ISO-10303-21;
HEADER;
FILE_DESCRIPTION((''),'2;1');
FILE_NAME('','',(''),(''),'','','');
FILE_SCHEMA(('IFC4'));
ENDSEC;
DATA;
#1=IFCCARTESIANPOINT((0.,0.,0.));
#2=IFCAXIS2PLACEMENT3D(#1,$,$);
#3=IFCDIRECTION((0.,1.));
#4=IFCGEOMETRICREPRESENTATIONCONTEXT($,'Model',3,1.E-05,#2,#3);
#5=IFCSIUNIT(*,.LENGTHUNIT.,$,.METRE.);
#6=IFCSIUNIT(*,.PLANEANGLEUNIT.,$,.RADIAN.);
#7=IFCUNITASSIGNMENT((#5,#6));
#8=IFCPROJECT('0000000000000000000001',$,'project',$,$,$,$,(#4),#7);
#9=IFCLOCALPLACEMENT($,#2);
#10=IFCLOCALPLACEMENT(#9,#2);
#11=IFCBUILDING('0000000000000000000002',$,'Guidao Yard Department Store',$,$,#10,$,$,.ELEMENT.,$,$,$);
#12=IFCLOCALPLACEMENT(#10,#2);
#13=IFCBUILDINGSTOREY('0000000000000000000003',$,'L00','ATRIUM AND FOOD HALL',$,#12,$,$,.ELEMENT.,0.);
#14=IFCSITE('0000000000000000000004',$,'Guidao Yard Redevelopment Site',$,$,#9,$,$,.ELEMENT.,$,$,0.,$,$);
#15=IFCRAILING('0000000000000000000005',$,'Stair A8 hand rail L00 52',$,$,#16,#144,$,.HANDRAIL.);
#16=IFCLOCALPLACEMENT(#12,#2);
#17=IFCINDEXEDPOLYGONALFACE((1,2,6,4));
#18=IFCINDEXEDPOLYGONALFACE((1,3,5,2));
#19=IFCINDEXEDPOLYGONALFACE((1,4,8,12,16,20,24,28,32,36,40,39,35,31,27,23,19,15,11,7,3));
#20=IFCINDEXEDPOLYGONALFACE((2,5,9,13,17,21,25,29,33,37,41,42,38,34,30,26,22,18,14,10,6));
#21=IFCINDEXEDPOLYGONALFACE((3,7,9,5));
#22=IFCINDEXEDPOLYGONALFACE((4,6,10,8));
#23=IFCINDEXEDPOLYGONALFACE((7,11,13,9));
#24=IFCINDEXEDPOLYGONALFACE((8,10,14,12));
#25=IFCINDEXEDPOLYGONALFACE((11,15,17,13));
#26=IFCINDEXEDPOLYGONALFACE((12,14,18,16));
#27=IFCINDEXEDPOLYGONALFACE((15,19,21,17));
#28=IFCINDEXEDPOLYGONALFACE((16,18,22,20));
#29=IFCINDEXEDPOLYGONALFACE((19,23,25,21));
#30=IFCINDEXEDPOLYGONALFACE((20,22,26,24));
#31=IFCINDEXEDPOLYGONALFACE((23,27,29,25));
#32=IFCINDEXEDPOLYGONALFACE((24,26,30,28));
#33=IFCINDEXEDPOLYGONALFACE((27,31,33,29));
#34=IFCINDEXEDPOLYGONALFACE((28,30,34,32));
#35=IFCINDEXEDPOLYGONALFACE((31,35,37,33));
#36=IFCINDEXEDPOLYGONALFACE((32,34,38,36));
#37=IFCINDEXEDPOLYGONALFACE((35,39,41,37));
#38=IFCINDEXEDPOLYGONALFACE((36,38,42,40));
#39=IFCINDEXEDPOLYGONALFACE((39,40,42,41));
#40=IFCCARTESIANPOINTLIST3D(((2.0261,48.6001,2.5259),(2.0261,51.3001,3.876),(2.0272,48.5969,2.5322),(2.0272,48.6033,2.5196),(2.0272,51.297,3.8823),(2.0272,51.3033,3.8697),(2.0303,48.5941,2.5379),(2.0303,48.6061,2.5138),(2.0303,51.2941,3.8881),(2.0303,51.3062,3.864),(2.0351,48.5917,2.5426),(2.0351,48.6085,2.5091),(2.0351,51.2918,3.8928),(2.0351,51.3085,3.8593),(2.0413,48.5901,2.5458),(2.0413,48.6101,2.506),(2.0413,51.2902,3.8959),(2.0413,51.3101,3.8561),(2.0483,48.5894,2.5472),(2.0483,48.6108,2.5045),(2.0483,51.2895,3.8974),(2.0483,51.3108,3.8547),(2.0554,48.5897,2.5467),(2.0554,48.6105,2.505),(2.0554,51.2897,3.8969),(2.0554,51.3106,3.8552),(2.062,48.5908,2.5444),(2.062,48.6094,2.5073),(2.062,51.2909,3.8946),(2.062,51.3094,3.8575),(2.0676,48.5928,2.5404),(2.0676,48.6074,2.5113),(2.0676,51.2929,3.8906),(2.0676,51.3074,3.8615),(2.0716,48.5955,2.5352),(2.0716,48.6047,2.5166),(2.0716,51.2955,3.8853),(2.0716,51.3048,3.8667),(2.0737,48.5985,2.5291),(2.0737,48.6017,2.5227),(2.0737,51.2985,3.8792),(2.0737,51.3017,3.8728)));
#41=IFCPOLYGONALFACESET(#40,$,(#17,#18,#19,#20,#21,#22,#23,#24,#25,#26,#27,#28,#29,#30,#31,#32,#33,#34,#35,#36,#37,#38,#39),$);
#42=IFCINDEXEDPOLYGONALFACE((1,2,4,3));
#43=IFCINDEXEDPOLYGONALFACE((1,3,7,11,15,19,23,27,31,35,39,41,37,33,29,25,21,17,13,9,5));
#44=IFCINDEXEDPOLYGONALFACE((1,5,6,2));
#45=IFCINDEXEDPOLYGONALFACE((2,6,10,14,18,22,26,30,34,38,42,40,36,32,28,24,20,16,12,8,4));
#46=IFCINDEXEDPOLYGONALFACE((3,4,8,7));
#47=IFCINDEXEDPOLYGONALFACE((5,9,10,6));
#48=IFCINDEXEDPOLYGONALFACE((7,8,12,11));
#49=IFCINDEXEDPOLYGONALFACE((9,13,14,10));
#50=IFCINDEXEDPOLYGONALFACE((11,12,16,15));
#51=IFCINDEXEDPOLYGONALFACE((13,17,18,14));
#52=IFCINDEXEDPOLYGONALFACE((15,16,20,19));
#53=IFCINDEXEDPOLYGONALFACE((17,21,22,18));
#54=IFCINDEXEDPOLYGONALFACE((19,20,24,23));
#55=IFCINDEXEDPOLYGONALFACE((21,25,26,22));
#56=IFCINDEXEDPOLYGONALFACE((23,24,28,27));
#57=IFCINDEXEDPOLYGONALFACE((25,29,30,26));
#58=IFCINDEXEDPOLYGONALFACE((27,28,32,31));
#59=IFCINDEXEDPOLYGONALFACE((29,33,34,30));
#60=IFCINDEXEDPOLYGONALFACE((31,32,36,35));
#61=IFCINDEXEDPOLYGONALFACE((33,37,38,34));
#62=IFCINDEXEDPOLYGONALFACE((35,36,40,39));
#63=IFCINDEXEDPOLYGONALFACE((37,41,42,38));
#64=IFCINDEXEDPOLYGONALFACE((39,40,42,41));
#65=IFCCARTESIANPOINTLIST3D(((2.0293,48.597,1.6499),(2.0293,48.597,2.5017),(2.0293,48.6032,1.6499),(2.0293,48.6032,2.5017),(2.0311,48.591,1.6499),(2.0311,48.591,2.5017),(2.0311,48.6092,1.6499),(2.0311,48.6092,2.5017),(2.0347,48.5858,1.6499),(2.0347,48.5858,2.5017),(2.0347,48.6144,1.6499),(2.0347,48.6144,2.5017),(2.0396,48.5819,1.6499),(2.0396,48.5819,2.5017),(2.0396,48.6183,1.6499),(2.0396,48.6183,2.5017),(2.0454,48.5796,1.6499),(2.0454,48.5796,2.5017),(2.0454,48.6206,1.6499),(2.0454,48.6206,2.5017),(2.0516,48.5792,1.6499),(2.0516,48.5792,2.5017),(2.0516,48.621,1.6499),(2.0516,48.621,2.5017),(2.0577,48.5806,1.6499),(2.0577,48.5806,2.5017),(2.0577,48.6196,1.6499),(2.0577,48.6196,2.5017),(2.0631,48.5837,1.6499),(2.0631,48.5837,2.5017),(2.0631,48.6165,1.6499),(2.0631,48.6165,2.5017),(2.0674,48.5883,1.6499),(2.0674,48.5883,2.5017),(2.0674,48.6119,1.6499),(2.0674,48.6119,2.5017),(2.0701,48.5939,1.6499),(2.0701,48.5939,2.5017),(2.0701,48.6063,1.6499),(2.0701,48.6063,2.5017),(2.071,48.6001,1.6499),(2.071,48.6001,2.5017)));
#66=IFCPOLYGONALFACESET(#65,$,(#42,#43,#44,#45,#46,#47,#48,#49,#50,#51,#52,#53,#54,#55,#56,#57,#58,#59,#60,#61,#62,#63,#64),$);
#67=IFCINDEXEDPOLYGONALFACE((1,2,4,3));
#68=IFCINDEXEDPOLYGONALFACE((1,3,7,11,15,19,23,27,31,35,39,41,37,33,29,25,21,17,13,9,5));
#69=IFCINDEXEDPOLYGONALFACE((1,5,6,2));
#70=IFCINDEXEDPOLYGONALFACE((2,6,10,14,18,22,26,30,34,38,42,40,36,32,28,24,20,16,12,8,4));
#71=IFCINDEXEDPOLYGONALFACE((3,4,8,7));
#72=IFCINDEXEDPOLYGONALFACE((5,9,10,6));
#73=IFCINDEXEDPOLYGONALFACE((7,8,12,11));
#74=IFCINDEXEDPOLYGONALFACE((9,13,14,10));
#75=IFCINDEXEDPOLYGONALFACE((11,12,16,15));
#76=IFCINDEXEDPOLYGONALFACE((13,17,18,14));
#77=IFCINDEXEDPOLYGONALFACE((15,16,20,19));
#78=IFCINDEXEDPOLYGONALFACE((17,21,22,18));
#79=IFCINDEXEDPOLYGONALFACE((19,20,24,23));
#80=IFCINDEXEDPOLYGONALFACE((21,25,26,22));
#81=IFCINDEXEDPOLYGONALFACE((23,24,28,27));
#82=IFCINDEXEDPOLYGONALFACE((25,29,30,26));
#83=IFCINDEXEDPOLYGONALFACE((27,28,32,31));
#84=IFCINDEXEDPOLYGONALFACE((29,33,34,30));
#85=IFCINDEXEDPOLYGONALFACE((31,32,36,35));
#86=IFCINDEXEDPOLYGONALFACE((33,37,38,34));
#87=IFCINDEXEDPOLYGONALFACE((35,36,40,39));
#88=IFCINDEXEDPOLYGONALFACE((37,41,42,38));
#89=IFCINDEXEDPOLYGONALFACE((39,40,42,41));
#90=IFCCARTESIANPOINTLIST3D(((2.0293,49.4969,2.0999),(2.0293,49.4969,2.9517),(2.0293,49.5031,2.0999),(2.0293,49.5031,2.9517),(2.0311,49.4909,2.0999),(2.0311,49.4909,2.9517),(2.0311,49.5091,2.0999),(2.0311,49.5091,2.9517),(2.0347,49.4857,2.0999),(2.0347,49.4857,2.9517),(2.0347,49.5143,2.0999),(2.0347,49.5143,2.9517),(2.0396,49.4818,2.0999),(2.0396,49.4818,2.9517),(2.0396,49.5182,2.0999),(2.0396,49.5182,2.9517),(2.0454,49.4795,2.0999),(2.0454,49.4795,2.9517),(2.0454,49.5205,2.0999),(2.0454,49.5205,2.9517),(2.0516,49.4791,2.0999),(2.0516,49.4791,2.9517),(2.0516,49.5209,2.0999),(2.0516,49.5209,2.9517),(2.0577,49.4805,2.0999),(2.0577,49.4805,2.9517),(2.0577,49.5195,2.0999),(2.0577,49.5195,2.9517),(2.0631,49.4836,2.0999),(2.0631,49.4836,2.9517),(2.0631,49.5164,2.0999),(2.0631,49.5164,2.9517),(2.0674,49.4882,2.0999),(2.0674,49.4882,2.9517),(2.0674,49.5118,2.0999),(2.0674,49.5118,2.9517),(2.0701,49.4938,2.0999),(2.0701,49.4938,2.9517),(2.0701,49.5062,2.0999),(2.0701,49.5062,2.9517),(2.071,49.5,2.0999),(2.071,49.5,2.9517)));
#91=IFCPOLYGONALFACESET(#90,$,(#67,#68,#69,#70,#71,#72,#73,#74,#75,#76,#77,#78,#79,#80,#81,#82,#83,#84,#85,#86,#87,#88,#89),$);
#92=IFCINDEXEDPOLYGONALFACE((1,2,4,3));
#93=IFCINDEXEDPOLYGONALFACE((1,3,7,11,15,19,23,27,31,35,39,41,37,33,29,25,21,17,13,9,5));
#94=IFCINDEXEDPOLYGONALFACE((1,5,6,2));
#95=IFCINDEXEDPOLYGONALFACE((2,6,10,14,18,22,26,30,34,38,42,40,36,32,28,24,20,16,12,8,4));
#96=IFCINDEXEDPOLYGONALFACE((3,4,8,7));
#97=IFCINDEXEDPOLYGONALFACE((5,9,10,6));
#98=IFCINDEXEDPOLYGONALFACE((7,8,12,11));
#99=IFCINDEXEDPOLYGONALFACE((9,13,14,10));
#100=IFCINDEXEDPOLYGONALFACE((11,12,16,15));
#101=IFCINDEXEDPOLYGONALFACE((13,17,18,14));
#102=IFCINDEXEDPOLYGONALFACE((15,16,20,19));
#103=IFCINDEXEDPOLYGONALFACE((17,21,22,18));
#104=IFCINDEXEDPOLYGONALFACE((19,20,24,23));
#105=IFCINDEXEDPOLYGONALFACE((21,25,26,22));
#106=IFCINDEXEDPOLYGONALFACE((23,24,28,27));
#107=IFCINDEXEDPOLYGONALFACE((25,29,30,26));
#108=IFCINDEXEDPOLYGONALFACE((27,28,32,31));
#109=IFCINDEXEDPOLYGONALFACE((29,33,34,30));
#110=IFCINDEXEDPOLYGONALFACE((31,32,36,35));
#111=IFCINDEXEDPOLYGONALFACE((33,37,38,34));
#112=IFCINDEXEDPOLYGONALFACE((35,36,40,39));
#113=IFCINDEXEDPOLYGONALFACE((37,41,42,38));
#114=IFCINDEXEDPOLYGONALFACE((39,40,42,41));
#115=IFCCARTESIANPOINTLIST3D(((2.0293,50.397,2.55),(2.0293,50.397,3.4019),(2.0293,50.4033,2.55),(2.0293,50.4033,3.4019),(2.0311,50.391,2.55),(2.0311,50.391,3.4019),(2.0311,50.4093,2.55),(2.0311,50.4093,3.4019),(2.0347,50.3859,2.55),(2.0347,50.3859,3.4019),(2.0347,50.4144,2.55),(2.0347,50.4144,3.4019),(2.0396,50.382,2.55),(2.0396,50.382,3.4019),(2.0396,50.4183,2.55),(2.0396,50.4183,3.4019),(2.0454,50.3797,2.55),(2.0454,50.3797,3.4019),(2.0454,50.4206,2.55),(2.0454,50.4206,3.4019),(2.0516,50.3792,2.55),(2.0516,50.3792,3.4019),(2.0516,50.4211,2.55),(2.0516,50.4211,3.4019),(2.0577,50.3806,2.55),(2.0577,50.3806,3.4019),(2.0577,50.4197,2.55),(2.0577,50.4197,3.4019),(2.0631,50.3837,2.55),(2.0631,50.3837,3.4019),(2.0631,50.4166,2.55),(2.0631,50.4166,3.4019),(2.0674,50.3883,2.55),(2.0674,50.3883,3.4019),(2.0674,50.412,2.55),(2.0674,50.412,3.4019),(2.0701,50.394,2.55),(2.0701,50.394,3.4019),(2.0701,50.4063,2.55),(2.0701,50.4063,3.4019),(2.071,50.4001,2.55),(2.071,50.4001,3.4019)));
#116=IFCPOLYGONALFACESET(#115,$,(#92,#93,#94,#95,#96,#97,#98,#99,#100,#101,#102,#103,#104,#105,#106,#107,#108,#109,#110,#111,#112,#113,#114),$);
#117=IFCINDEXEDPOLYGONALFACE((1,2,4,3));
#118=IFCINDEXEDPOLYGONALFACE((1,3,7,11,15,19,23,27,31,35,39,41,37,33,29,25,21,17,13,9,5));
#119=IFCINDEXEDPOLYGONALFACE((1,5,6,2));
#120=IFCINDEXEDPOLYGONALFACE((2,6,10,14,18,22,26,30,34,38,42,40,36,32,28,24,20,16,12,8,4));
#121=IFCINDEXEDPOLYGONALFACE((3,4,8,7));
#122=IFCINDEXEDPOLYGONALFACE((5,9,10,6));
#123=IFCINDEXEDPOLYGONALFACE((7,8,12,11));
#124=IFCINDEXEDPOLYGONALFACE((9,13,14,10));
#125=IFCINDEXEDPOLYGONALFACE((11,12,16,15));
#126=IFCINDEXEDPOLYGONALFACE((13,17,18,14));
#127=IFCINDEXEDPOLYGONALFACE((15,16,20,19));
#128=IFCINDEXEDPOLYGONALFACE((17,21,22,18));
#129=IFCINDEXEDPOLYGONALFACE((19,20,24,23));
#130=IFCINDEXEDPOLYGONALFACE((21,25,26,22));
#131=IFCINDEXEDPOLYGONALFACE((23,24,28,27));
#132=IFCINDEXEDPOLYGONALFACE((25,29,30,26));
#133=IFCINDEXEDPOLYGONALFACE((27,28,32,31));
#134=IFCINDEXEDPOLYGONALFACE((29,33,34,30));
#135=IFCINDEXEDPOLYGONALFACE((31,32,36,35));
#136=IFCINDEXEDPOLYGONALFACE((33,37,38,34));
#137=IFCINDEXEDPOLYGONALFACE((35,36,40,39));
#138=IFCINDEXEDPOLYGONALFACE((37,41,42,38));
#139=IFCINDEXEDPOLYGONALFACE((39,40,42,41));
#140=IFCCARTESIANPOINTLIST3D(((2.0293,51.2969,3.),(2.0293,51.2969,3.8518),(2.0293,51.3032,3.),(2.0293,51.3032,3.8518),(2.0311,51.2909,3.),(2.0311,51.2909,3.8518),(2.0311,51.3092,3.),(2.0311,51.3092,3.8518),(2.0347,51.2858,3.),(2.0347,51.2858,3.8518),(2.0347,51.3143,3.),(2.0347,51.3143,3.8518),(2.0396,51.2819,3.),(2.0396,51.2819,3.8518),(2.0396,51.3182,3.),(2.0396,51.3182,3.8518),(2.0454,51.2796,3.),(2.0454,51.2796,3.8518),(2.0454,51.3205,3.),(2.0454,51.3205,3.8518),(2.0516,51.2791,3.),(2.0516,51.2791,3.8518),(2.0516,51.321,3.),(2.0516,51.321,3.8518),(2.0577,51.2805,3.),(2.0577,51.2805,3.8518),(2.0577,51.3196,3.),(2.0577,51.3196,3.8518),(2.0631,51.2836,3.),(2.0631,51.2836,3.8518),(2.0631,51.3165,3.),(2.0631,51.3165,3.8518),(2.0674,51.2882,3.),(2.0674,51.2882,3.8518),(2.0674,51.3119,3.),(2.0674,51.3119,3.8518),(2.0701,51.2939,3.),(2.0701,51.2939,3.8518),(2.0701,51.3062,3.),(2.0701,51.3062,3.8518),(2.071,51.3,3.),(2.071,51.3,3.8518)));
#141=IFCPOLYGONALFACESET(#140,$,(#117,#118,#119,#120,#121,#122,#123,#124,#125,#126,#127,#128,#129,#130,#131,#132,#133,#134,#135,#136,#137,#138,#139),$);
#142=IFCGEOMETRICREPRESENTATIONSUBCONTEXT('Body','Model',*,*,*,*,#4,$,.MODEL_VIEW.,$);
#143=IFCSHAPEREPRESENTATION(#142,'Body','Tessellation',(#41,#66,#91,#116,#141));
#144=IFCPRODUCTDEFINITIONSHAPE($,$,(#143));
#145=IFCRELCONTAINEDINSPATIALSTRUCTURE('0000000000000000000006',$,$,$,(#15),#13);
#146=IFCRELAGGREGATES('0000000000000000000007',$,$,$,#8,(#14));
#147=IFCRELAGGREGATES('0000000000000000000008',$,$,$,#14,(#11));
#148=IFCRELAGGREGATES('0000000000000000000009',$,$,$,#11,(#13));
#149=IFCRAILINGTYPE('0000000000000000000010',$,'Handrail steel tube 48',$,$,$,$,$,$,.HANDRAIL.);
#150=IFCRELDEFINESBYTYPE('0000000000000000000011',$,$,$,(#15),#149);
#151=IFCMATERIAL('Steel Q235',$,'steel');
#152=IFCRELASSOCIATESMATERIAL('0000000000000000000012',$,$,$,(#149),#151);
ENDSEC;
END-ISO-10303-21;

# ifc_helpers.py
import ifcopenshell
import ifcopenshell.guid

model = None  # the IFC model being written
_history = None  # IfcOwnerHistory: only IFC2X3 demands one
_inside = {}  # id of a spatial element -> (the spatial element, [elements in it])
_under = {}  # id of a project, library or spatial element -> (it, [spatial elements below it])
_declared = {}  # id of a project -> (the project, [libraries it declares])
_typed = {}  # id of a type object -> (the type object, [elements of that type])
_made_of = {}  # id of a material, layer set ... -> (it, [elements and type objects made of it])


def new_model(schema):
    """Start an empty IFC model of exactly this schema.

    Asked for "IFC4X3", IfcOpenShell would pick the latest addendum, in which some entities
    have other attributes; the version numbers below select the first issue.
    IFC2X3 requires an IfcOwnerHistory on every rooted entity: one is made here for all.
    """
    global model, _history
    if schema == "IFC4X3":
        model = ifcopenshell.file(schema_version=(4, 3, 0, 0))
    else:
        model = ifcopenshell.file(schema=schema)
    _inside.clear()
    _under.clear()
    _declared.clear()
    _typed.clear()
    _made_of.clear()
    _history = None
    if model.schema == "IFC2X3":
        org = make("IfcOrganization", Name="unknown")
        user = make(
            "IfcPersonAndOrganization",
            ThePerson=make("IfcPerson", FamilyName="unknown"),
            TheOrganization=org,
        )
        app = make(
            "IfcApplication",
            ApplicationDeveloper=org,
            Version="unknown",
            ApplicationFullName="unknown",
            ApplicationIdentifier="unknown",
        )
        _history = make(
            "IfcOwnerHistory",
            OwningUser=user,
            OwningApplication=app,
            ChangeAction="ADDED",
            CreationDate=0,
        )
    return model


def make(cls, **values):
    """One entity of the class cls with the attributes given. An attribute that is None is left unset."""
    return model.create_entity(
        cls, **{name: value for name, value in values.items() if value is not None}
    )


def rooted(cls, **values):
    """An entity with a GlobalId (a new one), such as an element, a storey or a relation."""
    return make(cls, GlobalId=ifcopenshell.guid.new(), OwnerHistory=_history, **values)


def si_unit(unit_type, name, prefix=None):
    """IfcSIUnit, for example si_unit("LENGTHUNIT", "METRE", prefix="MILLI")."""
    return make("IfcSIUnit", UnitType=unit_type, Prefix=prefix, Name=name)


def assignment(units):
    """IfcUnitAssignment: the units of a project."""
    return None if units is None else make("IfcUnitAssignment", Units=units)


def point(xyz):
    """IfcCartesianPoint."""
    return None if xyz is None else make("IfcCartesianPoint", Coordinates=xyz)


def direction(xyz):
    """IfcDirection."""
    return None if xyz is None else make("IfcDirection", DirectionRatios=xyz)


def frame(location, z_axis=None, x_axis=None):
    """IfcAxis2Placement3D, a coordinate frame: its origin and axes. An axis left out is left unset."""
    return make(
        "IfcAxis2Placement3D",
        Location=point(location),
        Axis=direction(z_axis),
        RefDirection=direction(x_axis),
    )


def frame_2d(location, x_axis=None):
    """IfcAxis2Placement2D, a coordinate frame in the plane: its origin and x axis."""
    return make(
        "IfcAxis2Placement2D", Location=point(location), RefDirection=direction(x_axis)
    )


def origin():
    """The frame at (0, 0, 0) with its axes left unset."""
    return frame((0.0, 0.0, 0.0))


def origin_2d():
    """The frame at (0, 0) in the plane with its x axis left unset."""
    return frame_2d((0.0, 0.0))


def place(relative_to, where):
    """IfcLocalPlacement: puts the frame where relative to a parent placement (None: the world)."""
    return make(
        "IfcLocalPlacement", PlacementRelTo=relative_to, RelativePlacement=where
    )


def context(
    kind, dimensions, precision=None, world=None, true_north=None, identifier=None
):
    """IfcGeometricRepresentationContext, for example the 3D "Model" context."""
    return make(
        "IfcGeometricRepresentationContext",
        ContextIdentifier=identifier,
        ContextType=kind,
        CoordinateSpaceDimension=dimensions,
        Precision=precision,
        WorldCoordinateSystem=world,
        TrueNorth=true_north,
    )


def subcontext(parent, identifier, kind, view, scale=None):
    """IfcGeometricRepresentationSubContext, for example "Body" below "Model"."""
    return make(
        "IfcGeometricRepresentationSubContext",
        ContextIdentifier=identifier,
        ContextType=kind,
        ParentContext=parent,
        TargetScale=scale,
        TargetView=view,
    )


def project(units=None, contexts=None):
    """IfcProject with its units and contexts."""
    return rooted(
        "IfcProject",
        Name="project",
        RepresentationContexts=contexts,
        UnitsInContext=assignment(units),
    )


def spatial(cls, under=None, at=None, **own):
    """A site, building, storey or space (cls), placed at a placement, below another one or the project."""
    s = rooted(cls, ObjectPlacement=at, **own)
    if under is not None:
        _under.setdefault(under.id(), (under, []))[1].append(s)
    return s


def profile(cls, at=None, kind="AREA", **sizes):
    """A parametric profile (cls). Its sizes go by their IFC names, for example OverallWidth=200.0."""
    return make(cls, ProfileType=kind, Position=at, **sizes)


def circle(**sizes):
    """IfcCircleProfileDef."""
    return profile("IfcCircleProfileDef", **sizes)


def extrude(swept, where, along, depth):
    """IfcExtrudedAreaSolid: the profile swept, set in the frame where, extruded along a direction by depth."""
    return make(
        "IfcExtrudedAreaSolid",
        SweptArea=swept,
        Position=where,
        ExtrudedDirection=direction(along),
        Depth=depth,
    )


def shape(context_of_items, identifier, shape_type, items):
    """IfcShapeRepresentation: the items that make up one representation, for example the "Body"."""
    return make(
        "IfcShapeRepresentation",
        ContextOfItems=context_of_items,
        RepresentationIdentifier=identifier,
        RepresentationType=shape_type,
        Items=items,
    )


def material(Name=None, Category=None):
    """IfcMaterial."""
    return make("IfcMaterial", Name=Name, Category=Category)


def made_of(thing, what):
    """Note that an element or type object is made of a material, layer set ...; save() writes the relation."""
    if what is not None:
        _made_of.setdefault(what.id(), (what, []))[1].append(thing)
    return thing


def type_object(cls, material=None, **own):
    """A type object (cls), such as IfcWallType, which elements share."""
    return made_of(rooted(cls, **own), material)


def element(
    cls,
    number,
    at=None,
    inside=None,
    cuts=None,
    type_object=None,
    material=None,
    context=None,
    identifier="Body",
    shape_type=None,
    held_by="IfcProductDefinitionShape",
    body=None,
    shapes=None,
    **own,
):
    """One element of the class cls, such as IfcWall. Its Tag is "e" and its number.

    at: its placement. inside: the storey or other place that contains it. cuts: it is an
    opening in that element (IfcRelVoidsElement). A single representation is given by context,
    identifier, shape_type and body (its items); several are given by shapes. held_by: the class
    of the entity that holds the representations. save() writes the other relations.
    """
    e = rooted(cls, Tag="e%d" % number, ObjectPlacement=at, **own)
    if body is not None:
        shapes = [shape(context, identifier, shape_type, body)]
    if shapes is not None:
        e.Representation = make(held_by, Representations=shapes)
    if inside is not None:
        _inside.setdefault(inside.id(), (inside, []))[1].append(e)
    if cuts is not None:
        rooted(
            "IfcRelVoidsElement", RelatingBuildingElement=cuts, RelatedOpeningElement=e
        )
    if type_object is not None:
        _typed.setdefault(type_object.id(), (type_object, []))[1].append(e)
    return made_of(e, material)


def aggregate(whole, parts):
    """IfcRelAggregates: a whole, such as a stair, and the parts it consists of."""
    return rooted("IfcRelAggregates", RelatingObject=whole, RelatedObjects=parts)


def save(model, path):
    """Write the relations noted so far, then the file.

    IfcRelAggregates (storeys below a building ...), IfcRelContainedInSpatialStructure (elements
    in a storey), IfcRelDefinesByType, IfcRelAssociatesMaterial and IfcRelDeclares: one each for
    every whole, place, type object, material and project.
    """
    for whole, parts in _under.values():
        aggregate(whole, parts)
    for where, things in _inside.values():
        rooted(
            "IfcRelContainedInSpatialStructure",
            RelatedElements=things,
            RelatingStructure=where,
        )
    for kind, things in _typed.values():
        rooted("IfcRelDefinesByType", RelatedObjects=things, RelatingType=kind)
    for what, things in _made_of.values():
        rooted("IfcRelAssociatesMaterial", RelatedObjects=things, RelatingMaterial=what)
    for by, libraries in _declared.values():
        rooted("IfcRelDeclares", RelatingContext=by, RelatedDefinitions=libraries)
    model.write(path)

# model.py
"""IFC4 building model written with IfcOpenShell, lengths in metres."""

from ifc_helpers import new_model, si_unit, direction, frame, origin, origin_2d, place, context, subcontext, project, spatial, circle, extrude, material, type_object, element, save


model = new_model("IFC4")

# Units and contexts
model_context = context("Model", 3, precision=1e-05, world=origin(), true_north=direction((0.0, 1.0)))
body_context = subcontext(model_context, "Body", "Model", "MODEL_VIEW")
ifc_project = project(units=[si_unit("LENGTHUNIT", "METRE"), si_unit("PLANEANGLEUNIT", "RADIAN")], contexts=[model_context])

# Site, building, storey
site_placement = place(None, origin())
site = spatial("IfcSite", under=ifc_project, at=site_placement, Name="Guidao Yard Redevelopment Site", CompositionType="ELEMENT", RefElevation=0.0)
building_placement = place(site_placement, origin())
building = spatial("IfcBuilding", under=site, at=building_placement, Name="Guidao Yard Department Store", CompositionType="ELEMENT")
storey_placement = place(building_placement, origin())
storey = spatial("IfcBuildingStorey", under=building, at=storey_placement, Name="L00", Description="ATRIUM AND FOOD HALL", CompositionType="ELEMENT", Elevation=0.0)

# Railing
ifc_material_1 = material(Name="Steel Q235", Category="steel")
railing_type = type_object("IfcRailingType", Name="Handrail steel tube 48", PredefinedType="HANDRAIL", material=ifc_material_1)
for number, where, name in (
    (1, (2.05, 48.6001, 1.6499), "Stair A8 hand rail L00 52"),
):
    element("IfcRailing", number, at=place(storey_placement, frame(where)), inside=storey, type_object=railing_type, Name=name, PredefinedType="HANDRAIL", context=body_context, shape_type="SweptSolid", body=[
        extrude(circle(Radius=0.0239, at=origin_2d()), frame((0.0, 0.0, 0.876), z_axis=(0.0, 0.894411, 0.447246), x_axis=(-1.0, 0.0, 0.0)), (0.0, 0.0, 1.0), 3.0188),
        extrude(circle(Radius=0.021, at=origin_2d()), origin(), (0.0, 0.0, 1.0), 0.8518),
        extrude(circle(Radius=0.021, at=origin_2d()), frame((0.0, 0.8999, 0.45)), (0.0, 0.0, 1.0), 0.8518),
        extrude(circle(Radius=0.021, at=origin_2d()), frame((0.0, 1.8, 0.9001)), (0.0, 0.0, 1.0), 0.8518),
        extrude(circle(Radius=0.021, at=origin_2d()), frame((0.0, 2.7, 1.3501)), (0.0, 0.0, 1.0), 0.8518),
    ])

save(model, "model.ifc")
